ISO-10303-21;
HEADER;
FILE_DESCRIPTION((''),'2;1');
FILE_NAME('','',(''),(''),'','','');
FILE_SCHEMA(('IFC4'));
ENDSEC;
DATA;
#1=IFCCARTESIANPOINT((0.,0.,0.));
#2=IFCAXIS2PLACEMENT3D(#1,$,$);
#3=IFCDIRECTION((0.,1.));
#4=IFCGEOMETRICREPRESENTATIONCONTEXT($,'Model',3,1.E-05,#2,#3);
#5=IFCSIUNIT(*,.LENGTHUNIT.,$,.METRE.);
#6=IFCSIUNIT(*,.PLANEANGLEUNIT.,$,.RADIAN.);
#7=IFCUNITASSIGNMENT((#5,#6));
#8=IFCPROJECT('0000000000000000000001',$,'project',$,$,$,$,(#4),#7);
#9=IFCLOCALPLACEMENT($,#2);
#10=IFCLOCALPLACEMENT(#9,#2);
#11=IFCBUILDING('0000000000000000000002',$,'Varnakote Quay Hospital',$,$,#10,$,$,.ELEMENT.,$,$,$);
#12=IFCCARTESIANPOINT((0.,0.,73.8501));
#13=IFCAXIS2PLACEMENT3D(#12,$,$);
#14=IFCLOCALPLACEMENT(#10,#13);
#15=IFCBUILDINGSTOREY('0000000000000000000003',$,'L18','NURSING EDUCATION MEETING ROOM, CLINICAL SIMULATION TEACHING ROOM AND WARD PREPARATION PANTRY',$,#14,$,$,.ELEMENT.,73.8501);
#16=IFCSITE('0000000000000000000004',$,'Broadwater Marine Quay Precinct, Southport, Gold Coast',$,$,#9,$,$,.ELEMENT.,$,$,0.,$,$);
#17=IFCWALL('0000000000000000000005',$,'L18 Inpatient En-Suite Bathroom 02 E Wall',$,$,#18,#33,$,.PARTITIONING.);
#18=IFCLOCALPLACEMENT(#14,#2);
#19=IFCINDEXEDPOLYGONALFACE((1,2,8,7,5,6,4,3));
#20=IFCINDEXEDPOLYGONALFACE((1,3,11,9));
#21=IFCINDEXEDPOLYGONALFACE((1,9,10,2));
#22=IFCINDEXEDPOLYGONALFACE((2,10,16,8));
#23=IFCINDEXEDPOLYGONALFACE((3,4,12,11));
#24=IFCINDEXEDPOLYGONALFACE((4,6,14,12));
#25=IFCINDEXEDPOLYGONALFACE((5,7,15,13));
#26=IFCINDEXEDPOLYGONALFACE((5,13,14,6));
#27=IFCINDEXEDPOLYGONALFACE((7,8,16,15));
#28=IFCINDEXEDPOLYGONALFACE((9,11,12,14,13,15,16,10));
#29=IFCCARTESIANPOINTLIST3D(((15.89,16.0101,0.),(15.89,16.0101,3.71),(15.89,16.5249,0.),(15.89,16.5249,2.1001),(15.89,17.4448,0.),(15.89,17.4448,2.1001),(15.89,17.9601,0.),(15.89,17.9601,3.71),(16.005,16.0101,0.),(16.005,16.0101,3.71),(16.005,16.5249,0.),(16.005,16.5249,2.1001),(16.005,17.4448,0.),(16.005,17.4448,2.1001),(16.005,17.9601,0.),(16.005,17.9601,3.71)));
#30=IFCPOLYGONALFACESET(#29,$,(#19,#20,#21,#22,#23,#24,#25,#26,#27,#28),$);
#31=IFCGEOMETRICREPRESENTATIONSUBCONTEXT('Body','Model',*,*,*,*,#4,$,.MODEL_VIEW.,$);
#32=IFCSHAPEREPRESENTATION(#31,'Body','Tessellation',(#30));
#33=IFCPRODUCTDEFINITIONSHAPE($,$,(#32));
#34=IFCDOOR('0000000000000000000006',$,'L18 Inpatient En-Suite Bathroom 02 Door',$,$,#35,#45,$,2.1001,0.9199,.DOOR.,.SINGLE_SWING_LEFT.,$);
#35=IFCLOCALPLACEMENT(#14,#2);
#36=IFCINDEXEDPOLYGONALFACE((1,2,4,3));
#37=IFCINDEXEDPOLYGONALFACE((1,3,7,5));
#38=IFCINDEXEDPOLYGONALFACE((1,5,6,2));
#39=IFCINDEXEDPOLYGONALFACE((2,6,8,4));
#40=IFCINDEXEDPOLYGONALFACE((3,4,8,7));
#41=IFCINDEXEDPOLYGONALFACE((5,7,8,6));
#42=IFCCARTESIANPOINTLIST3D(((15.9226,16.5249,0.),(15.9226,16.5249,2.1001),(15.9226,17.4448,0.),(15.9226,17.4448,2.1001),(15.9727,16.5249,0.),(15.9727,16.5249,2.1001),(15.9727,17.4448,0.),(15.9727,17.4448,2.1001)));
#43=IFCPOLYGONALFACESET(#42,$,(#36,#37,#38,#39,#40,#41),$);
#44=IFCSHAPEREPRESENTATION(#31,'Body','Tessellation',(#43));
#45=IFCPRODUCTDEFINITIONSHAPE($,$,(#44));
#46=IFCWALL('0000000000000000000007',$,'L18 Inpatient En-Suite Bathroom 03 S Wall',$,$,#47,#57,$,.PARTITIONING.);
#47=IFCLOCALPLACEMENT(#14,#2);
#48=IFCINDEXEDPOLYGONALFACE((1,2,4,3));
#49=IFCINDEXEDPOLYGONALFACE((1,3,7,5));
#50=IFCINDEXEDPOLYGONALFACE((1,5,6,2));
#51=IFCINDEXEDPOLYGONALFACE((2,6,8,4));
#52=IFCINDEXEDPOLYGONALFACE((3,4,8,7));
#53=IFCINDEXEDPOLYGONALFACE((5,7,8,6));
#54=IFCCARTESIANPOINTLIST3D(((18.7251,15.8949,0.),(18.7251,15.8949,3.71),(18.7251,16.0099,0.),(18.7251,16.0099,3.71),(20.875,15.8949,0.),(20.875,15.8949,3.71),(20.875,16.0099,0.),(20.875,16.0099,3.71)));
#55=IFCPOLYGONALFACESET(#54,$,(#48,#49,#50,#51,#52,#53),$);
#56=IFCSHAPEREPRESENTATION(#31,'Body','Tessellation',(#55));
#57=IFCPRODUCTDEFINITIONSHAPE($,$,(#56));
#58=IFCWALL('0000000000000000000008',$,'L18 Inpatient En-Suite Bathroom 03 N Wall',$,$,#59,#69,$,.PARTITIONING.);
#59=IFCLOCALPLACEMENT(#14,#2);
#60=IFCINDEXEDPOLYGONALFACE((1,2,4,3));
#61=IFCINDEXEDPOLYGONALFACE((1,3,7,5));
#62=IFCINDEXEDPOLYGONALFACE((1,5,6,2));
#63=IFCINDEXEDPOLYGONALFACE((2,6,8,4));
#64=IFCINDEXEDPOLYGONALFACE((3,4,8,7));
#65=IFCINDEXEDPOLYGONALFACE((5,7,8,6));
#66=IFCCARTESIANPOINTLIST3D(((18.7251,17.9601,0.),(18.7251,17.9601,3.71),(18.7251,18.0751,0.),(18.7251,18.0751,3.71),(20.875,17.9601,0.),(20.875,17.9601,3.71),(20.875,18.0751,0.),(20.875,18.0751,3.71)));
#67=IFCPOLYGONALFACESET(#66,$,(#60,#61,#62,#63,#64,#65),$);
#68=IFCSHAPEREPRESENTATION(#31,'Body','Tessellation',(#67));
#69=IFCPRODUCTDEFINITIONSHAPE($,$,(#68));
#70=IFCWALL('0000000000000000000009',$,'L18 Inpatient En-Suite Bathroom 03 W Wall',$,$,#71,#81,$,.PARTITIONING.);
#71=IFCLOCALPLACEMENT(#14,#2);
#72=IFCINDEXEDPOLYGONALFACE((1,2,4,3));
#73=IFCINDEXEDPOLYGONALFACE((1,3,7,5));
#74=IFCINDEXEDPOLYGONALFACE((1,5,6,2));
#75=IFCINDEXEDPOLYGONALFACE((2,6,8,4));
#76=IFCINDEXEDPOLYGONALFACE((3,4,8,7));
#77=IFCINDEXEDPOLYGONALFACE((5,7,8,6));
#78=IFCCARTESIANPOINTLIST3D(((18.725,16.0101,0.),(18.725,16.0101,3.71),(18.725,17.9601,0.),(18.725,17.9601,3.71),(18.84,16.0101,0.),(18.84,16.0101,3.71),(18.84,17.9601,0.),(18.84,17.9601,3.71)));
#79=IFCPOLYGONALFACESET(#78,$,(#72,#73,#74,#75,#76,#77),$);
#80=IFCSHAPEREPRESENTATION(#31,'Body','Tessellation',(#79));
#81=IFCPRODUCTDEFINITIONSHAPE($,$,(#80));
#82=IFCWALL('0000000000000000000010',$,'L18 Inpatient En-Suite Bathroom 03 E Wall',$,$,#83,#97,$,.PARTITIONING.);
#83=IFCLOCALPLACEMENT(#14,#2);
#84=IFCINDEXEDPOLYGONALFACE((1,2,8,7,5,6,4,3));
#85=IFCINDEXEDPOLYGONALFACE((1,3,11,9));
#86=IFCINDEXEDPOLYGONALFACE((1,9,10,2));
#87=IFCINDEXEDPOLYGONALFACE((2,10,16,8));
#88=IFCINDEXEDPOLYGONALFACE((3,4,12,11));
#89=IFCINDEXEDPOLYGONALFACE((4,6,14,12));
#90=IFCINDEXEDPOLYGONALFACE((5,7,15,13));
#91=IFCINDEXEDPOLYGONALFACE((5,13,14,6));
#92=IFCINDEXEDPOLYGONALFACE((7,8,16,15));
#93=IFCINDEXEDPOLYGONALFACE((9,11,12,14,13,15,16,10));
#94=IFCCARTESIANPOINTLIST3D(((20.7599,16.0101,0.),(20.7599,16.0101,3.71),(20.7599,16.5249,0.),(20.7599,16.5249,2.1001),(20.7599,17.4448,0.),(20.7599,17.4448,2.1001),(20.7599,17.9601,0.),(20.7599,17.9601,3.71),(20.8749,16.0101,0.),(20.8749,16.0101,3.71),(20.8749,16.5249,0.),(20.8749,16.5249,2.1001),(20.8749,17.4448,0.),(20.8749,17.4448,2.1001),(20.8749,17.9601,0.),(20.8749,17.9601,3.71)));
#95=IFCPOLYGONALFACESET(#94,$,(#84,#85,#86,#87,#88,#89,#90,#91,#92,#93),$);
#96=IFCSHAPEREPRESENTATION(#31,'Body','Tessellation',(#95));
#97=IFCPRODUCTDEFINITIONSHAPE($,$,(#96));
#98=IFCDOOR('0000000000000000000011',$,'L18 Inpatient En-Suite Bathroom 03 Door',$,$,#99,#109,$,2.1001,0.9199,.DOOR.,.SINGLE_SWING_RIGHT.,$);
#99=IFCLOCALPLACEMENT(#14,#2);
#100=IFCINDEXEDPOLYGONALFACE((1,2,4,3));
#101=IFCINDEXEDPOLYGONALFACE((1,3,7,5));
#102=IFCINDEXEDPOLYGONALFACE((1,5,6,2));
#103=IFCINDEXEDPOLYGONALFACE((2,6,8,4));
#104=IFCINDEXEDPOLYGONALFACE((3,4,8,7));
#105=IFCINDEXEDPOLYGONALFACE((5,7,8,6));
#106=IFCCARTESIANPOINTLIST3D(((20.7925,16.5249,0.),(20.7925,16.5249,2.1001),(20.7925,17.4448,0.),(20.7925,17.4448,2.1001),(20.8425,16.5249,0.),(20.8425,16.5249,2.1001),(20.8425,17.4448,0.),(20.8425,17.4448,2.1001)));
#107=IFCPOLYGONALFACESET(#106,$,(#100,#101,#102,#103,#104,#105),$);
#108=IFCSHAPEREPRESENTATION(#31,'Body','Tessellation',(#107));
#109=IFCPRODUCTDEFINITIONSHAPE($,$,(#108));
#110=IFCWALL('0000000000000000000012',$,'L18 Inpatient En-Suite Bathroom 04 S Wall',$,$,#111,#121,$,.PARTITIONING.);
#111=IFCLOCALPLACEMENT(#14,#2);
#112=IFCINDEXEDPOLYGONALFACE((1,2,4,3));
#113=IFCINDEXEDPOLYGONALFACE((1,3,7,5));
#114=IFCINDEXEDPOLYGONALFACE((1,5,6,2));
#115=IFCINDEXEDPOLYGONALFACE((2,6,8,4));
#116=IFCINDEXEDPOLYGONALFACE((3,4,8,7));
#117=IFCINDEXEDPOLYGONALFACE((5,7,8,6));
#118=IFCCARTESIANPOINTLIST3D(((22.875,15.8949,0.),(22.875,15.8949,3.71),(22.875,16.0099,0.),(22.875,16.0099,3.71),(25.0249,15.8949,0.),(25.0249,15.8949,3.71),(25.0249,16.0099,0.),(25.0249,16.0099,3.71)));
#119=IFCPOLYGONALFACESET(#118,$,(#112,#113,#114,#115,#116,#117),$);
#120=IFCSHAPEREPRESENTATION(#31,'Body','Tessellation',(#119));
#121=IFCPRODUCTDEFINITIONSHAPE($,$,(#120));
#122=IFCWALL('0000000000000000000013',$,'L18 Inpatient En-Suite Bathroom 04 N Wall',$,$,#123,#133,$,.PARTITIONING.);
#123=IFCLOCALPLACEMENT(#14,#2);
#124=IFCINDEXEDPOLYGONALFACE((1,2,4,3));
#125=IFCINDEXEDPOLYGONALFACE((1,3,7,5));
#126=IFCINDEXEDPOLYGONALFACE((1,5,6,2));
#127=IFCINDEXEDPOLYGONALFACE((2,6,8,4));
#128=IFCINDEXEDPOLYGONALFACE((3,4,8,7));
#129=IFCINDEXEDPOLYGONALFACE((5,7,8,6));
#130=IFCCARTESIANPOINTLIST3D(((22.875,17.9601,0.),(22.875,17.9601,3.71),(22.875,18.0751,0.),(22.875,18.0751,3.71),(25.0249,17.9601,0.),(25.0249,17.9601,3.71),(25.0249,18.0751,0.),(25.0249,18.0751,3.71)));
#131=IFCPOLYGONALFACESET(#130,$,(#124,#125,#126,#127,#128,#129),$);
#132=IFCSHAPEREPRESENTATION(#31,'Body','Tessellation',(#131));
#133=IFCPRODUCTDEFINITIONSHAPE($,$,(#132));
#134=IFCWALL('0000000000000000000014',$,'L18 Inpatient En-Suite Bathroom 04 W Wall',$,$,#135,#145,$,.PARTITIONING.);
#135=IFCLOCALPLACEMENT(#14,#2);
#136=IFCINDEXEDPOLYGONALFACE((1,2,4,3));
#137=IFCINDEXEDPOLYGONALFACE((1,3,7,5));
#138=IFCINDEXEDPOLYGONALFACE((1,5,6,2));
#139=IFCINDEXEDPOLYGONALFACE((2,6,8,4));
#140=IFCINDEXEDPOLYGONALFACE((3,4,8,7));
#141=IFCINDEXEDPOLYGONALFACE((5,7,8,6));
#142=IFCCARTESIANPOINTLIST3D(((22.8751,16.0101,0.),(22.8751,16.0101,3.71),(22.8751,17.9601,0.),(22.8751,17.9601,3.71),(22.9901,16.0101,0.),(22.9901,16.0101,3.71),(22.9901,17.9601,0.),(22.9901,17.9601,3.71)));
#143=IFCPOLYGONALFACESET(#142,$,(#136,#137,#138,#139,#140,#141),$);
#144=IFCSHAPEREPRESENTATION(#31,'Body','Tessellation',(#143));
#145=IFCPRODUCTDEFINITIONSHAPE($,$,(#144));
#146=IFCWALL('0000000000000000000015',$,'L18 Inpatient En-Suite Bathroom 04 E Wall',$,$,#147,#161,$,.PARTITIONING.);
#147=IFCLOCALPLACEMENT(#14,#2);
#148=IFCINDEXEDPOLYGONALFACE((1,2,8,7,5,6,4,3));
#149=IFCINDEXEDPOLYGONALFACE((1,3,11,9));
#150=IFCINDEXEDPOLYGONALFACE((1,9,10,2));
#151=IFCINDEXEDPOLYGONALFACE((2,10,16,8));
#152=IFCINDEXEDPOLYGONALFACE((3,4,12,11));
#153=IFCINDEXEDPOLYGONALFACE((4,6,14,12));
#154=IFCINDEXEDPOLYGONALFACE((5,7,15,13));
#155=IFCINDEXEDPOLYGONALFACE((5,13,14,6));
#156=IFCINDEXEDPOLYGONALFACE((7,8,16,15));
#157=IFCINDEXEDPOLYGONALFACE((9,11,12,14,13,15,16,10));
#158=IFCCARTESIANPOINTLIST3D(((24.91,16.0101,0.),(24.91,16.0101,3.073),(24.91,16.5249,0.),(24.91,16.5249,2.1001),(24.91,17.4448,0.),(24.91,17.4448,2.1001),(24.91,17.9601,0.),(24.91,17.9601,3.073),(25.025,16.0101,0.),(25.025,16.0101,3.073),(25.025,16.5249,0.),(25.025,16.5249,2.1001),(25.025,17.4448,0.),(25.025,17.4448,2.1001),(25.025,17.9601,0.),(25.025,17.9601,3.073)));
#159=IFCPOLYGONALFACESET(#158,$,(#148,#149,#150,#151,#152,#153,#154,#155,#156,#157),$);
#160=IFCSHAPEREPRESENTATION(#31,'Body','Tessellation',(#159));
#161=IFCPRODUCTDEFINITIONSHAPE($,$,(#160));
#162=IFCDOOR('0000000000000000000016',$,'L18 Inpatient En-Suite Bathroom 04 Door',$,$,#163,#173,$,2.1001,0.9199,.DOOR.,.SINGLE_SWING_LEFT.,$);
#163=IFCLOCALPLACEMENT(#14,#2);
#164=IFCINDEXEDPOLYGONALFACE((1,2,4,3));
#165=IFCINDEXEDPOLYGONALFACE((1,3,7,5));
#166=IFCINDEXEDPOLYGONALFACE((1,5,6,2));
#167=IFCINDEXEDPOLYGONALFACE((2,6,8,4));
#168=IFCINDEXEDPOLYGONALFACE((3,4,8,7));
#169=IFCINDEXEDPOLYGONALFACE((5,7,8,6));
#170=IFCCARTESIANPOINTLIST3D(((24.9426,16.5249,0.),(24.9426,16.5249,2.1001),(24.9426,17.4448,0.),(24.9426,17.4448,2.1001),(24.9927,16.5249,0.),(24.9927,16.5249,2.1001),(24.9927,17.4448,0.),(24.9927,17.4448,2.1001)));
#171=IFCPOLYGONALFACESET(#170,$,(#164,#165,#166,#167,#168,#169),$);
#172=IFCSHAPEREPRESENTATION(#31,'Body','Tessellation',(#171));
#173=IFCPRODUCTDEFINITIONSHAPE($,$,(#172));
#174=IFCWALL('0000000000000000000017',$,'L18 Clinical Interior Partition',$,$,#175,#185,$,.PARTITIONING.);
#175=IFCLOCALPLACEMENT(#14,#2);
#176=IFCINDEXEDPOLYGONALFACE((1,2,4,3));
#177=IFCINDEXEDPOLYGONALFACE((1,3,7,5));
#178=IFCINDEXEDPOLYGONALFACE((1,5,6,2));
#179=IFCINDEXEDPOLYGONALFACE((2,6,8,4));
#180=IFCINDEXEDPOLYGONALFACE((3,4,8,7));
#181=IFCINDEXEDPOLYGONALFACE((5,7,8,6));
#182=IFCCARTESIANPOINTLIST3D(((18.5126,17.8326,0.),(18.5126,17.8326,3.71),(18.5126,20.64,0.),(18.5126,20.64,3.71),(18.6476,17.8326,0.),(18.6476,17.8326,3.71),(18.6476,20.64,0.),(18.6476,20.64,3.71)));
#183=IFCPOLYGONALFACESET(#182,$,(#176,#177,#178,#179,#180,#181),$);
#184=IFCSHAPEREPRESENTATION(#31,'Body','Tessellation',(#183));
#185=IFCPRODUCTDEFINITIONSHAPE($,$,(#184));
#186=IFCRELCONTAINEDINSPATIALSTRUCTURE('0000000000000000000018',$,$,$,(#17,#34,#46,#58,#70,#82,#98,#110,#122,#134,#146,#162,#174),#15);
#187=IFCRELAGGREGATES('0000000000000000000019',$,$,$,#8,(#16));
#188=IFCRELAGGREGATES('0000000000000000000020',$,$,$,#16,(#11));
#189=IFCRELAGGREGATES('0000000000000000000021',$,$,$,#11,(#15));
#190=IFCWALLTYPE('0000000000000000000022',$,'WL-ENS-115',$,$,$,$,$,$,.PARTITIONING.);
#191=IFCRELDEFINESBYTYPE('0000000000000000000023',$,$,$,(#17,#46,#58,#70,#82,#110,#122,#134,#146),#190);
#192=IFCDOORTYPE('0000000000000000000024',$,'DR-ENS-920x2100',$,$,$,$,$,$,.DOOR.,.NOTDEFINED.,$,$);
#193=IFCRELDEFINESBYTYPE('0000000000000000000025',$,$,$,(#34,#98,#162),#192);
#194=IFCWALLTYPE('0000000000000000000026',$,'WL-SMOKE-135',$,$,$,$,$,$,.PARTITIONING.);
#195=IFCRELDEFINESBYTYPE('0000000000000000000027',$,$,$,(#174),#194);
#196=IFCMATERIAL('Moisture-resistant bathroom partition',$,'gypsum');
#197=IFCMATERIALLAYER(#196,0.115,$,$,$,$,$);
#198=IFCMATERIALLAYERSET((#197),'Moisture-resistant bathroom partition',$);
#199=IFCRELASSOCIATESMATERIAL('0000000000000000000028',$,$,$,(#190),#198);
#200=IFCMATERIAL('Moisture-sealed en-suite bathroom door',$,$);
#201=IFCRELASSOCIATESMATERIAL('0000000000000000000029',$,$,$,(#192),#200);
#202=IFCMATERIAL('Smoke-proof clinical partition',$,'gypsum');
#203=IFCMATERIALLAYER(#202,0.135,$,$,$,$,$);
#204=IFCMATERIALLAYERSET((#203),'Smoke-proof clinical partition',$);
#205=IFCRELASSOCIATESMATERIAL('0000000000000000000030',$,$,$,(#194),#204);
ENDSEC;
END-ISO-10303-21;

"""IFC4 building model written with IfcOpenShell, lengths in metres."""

from ifc_helpers import new_model, si_unit, direction, frame, frame_2d, origin, place, context, subcontext, project, spatial, rectangle, extrude, material, layer, layer_set, type_object, element, fill, save


model = new_model("IFC4")

# Units and contexts
model_context = context("Model", 3, precision=1e-05, world=origin(), true_north=direction((0.0, 1.0)))
body_context = subcontext(model_context, "Body", "Model", "MODEL_VIEW")
ifc_project = project(units=[si_unit("LENGTHUNIT", "METRE"), si_unit("PLANEANGLEUNIT", "RADIAN")], contexts=[model_context])

# Site, building, storey
site_placement = place(None, origin())
site = spatial("IfcSite", under=ifc_project, at=site_placement, Name="Broadwater Marine Quay Precinct, Southport, Gold Coast", CompositionType="ELEMENT", RefElevation=0.0)
building_placement = place(site_placement, origin())
building = spatial("IfcBuilding", under=site, at=building_placement, Name="Varnakote Quay Hospital", CompositionType="ELEMENT")
storey_placement = place(building_placement, frame((0.0, 0.0, 73.8501)))
storey = spatial("IfcBuildingStorey", under=building, at=storey_placement, Name="L18", Description="NURSING EDUCATION MEETING ROOM, CLINICAL SIMULATION TEACHING ROOM AND WARD PREPARATION PANTRY", CompositionType="ELEMENT", Elevation=73.8501)

# Shared definitions
ifc_material_1 = material(Name="Moisture-resistant bathroom partition", Category="gypsum")
ifc_layer_1 = layer(ifc_material_1, 0.115)
ifc_layer_set_1 = layer_set([ifc_layer_1], Name="Moisture-resistant bathroom partition")
wall_type_1 = type_object("IfcWallType", Name="WL-ENS-115", PredefinedType="PARTITIONING", material=ifc_layer_set_1)

# Wall, opening, door
wall_1_placement = place(storey_placement, frame((15.9475, 16.01, 0.0), z_axis=(0.0, 0.0, 1.0), x_axis=(0.0, 1.0, 0.0)))
wall_1 = element("IfcWall", 1, at=wall_1_placement, inside=storey, type_object=wall_type_1, Name="L18 Inpatient En-Suite Bathroom 02 E Wall", PredefinedType="PARTITIONING", context=body_context, shape_type="SweptSolid", body=[
    extrude(rectangle(XDim=1.95, YDim=0.115, at=frame_2d((0.9751, 0.0))), origin(), (0.0, 0.0, 1.0), 3.71),
])
opening_1_placement = place(wall_1_placement, frame((0.5149, 0.0, 0.0)))
opening_1 = element("IfcOpeningElement", 2, at=opening_1_placement, cuts=wall_1, PredefinedType="OPENING", context=body_context, shape_type="SweptSolid", body=[
    extrude(rectangle(XDim=0.9199, YDim=2.1001, at=frame_2d((0.46, 1.05))), frame((0.0, 0.0674, 0.0), z_axis=(0.0, -1.0, 0.0), x_axis=(1.0, 0.0, 0.0)), (0.0, 0.0, 1.0), 0.135),
])
ifc_material_2 = material(Name="Moisture-sealed en-suite bathroom door")
door_type_1 = type_object("IfcDoorType", Name="DR-ENS-920x2100", OperationType="NOTDEFINED", PredefinedType="DOOR", material=ifc_material_2)
door_1_placement = place(opening_1_placement, origin())
door_1 = element("IfcDoor", 3, at=door_1_placement, inside=storey, type_object=door_type_1, Name="L18 Inpatient En-Suite Bathroom 02 Door", OperationType="SINGLE_SWING_LEFT", OverallHeight=2.1001, OverallWidth=0.9199, PredefinedType="DOOR", context=body_context, shape_type="SweptSolid", body=[
    extrude(rectangle(XDim=0.9199, YDim=2.1001, at=frame_2d((0.46, 1.05))), frame((0.0, 0.0249, 0.0), z_axis=(0.0, -1.0, 0.0), x_axis=(1.0, 0.0, 0.0)), (0.0, 0.0, 1.0), 0.05),
])
fill(opening_1, door_1)

# Walls
for number, where, z_axis, x_axis, name in (
    (4, (18.7251, 15.9524, 0.0), (0.0, 0.0, 1.0), (1.0, 0.0, 0.0), "L18 Inpatient En-Suite Bathroom 03 S Wall"),
    (5, (18.7251, 18.0176, 0.0), (0.0, 0.0, 1.0), (1.0, 0.0, 0.0), "L18 Inpatient En-Suite Bathroom 03 N Wall"),
):
    element("IfcWall", number, at=place(storey_placement, frame(where, z_axis=z_axis, x_axis=x_axis)), inside=storey, type_object=wall_type_1, Name=name, PredefinedType="PARTITIONING", context=body_context, shape_type="SweptSolid", body=[
        extrude(rectangle(XDim=2.1499, YDim=0.115, at=frame_2d((1.075, 0.0))), origin(), (0.0, 0.0, 1.0), 3.71),
    ])
wall_2_placement = place(storey_placement, frame((18.7825, 16.01, 0.0), z_axis=(0.0, 0.0, 1.0), x_axis=(0.0, 1.0, 0.0)))
element("IfcWall", 6, at=wall_2_placement, inside=storey, type_object=wall_type_1, Name="L18 Inpatient En-Suite Bathroom 03 W Wall", PredefinedType="PARTITIONING", context=body_context, shape_type="SweptSolid", body=[
    extrude(rectangle(XDim=1.95, YDim=0.115, at=frame_2d((0.9751, 0.0))), origin(), (0.0, 0.0, 1.0), 3.71),
])

# Wall, opening, door
wall_3_placement = place(storey_placement, frame((20.8174, 16.01, 0.0), z_axis=(0.0, 0.0, 1.0), x_axis=(0.0, 1.0, 0.0)))
wall_3 = element("IfcWall", 7, at=wall_3_placement, inside=storey, type_object=wall_type_1, Name="L18 Inpatient En-Suite Bathroom 03 E Wall", PredefinedType="PARTITIONING", context=body_context, shape_type="SweptSolid", body=[
    extrude(rectangle(XDim=1.95, YDim=0.115, at=frame_2d((0.9751, 0.0))), origin(), (0.0, 0.0, 1.0), 3.71),
])
opening_2_placement = place(wall_3_placement, frame((0.5149, 0.0, 0.0)))
opening_2 = element("IfcOpeningElement", 8, at=opening_2_placement, cuts=wall_3, PredefinedType="OPENING", context=body_context, shape_type="SweptSolid", body=[
    extrude(rectangle(XDim=0.9199, YDim=2.1001, at=frame_2d((0.46, 1.05))), frame((0.0, 0.0674, 0.0), z_axis=(0.0, -1.0, 0.0), x_axis=(1.0, 0.0, 0.0)), (0.0, 0.0, 1.0), 0.135),
])
door_2_placement = place(opening_2_placement, origin())
door_2 = element("IfcDoor", 9, at=door_2_placement, inside=storey, type_object=door_type_1, Name="L18 Inpatient En-Suite Bathroom 03 Door", OperationType="SINGLE_SWING_RIGHT", OverallHeight=2.1001, OverallWidth=0.9199, PredefinedType="DOOR", context=body_context, shape_type="SweptSolid", body=[
    extrude(rectangle(XDim=0.9199, YDim=2.1001, at=frame_2d((0.46, 1.05))), frame((0.0, 0.0249, 0.0), z_axis=(0.0, -1.0, 0.0), x_axis=(1.0, 0.0, 0.0)), (0.0, 0.0, 1.0), 0.05),
])
fill(opening_2, door_2)

# Walls
for number, where, z_axis, x_axis, name in (
    (10, (22.875, 15.9524, 0.0), (0.0, 0.0, 1.0), (1.0, 0.0, 0.0), "L18 Inpatient En-Suite Bathroom 04 S Wall"),
    (11, (22.875, 18.0176, 0.0), (0.0, 0.0, 1.0), (1.0, 0.0, 0.0), "L18 Inpatient En-Suite Bathroom 04 N Wall"),
):
    element("IfcWall", number, at=place(storey_placement, frame(where, z_axis=z_axis, x_axis=x_axis)), inside=storey, type_object=wall_type_1, Name=name, PredefinedType="PARTITIONING", context=body_context, shape_type="SweptSolid", body=[
        extrude(rectangle(XDim=2.1499, YDim=0.115, at=frame_2d((1.075, 0.0))), origin(), (0.0, 0.0, 1.0), 3.71),
    ])
wall_4_placement = place(storey_placement, frame((22.9326, 16.01, 0.0), z_axis=(0.0, 0.0, 1.0), x_axis=(0.0, 1.0, 0.0)))
element("IfcWall", 12, at=wall_4_placement, inside=storey, type_object=wall_type_1, Name="L18 Inpatient En-Suite Bathroom 04 W Wall", PredefinedType="PARTITIONING", context=body_context, shape_type="SweptSolid", body=[
    extrude(rectangle(XDim=1.95, YDim=0.115, at=frame_2d((0.9751, 0.0))), origin(), (0.0, 0.0, 1.0), 3.71),
])

# Wall, opening, door
wall_5_placement = place(storey_placement, frame((24.9675, 16.01, 0.0), z_axis=(0.0, 0.0, 1.0), x_axis=(0.0, 1.0, 0.0)))
wall_5 = element("IfcWall", 13, at=wall_5_placement, inside=storey, type_object=wall_type_1, Name="L18 Inpatient En-Suite Bathroom 04 E Wall", PredefinedType="PARTITIONING", context=body_context, shape_type="SweptSolid", body=[
    extrude(rectangle(XDim=1.95, YDim=0.115, at=frame_2d((0.9751, 0.0))), origin(), (0.0, 0.0, 1.0), 3.073),
])
opening_3_placement = place(wall_5_placement, frame((0.5149, 0.0, 0.0)))
opening_3 = element("IfcOpeningElement", 14, at=opening_3_placement, cuts=wall_5, PredefinedType="OPENING", context=body_context, shape_type="SweptSolid", body=[
    extrude(rectangle(XDim=0.9199, YDim=2.1001, at=frame_2d((0.46, 1.05))), frame((0.0, 0.0674, 0.0), z_axis=(0.0, -1.0, 0.0), x_axis=(1.0, 0.0, 0.0)), (0.0, 0.0, 1.0), 0.135),
])
door_3_placement = place(opening_3_placement, origin())
door_3 = element("IfcDoor", 15, at=door_3_placement, inside=storey, type_object=door_type_1, Name="L18 Inpatient En-Suite Bathroom 04 Door", OperationType="SINGLE_SWING_LEFT", OverallHeight=2.1001, OverallWidth=0.9199, PredefinedType="DOOR", context=body_context, shape_type="SweptSolid", body=[
    extrude(rectangle(XDim=0.9199, YDim=2.1001, at=frame_2d((0.46, 1.05))), frame((0.0, 0.0249, 0.0), z_axis=(0.0, -1.0, 0.0), x_axis=(1.0, 0.0, 0.0)), (0.0, 0.0, 1.0), 0.05),
])
fill(opening_3, door_3)

# Wall
ifc_material_3 = material(Name="Smoke-proof clinical partition", Category="gypsum")
ifc_layer_2 = layer(ifc_material_3, 0.135)
ifc_layer_set_2 = layer_set([ifc_layer_2], Name="Smoke-proof clinical partition")
wall_type_2 = type_object("IfcWallType", Name="WL-SMOKE-135", PredefinedType="PARTITIONING", material=ifc_layer_set_2)
for number, where, z_axis, x_axis, name in (
    (16, (18.5801, 17.8325, 0.0), (0.0, 0.0, 1.0), (0.0, 1.0, 0.0), "L18 Clinical Interior Partition"),
):
    element("IfcWall", number, at=place(storey_placement, frame(where, z_axis=z_axis, x_axis=x_axis)), inside=storey, type_object=wall_type_2, Name=name, PredefinedType="PARTITIONING", context=body_context, shape_type="SweptSolid", body=[
        extrude(rectangle(XDim=2.8074, YDim=0.135, at=frame_2d((1.4038, 0.0))), origin(), (0.0, 0.0, 1.0), 3.71),
    ])

save(model, "model.ifc")
